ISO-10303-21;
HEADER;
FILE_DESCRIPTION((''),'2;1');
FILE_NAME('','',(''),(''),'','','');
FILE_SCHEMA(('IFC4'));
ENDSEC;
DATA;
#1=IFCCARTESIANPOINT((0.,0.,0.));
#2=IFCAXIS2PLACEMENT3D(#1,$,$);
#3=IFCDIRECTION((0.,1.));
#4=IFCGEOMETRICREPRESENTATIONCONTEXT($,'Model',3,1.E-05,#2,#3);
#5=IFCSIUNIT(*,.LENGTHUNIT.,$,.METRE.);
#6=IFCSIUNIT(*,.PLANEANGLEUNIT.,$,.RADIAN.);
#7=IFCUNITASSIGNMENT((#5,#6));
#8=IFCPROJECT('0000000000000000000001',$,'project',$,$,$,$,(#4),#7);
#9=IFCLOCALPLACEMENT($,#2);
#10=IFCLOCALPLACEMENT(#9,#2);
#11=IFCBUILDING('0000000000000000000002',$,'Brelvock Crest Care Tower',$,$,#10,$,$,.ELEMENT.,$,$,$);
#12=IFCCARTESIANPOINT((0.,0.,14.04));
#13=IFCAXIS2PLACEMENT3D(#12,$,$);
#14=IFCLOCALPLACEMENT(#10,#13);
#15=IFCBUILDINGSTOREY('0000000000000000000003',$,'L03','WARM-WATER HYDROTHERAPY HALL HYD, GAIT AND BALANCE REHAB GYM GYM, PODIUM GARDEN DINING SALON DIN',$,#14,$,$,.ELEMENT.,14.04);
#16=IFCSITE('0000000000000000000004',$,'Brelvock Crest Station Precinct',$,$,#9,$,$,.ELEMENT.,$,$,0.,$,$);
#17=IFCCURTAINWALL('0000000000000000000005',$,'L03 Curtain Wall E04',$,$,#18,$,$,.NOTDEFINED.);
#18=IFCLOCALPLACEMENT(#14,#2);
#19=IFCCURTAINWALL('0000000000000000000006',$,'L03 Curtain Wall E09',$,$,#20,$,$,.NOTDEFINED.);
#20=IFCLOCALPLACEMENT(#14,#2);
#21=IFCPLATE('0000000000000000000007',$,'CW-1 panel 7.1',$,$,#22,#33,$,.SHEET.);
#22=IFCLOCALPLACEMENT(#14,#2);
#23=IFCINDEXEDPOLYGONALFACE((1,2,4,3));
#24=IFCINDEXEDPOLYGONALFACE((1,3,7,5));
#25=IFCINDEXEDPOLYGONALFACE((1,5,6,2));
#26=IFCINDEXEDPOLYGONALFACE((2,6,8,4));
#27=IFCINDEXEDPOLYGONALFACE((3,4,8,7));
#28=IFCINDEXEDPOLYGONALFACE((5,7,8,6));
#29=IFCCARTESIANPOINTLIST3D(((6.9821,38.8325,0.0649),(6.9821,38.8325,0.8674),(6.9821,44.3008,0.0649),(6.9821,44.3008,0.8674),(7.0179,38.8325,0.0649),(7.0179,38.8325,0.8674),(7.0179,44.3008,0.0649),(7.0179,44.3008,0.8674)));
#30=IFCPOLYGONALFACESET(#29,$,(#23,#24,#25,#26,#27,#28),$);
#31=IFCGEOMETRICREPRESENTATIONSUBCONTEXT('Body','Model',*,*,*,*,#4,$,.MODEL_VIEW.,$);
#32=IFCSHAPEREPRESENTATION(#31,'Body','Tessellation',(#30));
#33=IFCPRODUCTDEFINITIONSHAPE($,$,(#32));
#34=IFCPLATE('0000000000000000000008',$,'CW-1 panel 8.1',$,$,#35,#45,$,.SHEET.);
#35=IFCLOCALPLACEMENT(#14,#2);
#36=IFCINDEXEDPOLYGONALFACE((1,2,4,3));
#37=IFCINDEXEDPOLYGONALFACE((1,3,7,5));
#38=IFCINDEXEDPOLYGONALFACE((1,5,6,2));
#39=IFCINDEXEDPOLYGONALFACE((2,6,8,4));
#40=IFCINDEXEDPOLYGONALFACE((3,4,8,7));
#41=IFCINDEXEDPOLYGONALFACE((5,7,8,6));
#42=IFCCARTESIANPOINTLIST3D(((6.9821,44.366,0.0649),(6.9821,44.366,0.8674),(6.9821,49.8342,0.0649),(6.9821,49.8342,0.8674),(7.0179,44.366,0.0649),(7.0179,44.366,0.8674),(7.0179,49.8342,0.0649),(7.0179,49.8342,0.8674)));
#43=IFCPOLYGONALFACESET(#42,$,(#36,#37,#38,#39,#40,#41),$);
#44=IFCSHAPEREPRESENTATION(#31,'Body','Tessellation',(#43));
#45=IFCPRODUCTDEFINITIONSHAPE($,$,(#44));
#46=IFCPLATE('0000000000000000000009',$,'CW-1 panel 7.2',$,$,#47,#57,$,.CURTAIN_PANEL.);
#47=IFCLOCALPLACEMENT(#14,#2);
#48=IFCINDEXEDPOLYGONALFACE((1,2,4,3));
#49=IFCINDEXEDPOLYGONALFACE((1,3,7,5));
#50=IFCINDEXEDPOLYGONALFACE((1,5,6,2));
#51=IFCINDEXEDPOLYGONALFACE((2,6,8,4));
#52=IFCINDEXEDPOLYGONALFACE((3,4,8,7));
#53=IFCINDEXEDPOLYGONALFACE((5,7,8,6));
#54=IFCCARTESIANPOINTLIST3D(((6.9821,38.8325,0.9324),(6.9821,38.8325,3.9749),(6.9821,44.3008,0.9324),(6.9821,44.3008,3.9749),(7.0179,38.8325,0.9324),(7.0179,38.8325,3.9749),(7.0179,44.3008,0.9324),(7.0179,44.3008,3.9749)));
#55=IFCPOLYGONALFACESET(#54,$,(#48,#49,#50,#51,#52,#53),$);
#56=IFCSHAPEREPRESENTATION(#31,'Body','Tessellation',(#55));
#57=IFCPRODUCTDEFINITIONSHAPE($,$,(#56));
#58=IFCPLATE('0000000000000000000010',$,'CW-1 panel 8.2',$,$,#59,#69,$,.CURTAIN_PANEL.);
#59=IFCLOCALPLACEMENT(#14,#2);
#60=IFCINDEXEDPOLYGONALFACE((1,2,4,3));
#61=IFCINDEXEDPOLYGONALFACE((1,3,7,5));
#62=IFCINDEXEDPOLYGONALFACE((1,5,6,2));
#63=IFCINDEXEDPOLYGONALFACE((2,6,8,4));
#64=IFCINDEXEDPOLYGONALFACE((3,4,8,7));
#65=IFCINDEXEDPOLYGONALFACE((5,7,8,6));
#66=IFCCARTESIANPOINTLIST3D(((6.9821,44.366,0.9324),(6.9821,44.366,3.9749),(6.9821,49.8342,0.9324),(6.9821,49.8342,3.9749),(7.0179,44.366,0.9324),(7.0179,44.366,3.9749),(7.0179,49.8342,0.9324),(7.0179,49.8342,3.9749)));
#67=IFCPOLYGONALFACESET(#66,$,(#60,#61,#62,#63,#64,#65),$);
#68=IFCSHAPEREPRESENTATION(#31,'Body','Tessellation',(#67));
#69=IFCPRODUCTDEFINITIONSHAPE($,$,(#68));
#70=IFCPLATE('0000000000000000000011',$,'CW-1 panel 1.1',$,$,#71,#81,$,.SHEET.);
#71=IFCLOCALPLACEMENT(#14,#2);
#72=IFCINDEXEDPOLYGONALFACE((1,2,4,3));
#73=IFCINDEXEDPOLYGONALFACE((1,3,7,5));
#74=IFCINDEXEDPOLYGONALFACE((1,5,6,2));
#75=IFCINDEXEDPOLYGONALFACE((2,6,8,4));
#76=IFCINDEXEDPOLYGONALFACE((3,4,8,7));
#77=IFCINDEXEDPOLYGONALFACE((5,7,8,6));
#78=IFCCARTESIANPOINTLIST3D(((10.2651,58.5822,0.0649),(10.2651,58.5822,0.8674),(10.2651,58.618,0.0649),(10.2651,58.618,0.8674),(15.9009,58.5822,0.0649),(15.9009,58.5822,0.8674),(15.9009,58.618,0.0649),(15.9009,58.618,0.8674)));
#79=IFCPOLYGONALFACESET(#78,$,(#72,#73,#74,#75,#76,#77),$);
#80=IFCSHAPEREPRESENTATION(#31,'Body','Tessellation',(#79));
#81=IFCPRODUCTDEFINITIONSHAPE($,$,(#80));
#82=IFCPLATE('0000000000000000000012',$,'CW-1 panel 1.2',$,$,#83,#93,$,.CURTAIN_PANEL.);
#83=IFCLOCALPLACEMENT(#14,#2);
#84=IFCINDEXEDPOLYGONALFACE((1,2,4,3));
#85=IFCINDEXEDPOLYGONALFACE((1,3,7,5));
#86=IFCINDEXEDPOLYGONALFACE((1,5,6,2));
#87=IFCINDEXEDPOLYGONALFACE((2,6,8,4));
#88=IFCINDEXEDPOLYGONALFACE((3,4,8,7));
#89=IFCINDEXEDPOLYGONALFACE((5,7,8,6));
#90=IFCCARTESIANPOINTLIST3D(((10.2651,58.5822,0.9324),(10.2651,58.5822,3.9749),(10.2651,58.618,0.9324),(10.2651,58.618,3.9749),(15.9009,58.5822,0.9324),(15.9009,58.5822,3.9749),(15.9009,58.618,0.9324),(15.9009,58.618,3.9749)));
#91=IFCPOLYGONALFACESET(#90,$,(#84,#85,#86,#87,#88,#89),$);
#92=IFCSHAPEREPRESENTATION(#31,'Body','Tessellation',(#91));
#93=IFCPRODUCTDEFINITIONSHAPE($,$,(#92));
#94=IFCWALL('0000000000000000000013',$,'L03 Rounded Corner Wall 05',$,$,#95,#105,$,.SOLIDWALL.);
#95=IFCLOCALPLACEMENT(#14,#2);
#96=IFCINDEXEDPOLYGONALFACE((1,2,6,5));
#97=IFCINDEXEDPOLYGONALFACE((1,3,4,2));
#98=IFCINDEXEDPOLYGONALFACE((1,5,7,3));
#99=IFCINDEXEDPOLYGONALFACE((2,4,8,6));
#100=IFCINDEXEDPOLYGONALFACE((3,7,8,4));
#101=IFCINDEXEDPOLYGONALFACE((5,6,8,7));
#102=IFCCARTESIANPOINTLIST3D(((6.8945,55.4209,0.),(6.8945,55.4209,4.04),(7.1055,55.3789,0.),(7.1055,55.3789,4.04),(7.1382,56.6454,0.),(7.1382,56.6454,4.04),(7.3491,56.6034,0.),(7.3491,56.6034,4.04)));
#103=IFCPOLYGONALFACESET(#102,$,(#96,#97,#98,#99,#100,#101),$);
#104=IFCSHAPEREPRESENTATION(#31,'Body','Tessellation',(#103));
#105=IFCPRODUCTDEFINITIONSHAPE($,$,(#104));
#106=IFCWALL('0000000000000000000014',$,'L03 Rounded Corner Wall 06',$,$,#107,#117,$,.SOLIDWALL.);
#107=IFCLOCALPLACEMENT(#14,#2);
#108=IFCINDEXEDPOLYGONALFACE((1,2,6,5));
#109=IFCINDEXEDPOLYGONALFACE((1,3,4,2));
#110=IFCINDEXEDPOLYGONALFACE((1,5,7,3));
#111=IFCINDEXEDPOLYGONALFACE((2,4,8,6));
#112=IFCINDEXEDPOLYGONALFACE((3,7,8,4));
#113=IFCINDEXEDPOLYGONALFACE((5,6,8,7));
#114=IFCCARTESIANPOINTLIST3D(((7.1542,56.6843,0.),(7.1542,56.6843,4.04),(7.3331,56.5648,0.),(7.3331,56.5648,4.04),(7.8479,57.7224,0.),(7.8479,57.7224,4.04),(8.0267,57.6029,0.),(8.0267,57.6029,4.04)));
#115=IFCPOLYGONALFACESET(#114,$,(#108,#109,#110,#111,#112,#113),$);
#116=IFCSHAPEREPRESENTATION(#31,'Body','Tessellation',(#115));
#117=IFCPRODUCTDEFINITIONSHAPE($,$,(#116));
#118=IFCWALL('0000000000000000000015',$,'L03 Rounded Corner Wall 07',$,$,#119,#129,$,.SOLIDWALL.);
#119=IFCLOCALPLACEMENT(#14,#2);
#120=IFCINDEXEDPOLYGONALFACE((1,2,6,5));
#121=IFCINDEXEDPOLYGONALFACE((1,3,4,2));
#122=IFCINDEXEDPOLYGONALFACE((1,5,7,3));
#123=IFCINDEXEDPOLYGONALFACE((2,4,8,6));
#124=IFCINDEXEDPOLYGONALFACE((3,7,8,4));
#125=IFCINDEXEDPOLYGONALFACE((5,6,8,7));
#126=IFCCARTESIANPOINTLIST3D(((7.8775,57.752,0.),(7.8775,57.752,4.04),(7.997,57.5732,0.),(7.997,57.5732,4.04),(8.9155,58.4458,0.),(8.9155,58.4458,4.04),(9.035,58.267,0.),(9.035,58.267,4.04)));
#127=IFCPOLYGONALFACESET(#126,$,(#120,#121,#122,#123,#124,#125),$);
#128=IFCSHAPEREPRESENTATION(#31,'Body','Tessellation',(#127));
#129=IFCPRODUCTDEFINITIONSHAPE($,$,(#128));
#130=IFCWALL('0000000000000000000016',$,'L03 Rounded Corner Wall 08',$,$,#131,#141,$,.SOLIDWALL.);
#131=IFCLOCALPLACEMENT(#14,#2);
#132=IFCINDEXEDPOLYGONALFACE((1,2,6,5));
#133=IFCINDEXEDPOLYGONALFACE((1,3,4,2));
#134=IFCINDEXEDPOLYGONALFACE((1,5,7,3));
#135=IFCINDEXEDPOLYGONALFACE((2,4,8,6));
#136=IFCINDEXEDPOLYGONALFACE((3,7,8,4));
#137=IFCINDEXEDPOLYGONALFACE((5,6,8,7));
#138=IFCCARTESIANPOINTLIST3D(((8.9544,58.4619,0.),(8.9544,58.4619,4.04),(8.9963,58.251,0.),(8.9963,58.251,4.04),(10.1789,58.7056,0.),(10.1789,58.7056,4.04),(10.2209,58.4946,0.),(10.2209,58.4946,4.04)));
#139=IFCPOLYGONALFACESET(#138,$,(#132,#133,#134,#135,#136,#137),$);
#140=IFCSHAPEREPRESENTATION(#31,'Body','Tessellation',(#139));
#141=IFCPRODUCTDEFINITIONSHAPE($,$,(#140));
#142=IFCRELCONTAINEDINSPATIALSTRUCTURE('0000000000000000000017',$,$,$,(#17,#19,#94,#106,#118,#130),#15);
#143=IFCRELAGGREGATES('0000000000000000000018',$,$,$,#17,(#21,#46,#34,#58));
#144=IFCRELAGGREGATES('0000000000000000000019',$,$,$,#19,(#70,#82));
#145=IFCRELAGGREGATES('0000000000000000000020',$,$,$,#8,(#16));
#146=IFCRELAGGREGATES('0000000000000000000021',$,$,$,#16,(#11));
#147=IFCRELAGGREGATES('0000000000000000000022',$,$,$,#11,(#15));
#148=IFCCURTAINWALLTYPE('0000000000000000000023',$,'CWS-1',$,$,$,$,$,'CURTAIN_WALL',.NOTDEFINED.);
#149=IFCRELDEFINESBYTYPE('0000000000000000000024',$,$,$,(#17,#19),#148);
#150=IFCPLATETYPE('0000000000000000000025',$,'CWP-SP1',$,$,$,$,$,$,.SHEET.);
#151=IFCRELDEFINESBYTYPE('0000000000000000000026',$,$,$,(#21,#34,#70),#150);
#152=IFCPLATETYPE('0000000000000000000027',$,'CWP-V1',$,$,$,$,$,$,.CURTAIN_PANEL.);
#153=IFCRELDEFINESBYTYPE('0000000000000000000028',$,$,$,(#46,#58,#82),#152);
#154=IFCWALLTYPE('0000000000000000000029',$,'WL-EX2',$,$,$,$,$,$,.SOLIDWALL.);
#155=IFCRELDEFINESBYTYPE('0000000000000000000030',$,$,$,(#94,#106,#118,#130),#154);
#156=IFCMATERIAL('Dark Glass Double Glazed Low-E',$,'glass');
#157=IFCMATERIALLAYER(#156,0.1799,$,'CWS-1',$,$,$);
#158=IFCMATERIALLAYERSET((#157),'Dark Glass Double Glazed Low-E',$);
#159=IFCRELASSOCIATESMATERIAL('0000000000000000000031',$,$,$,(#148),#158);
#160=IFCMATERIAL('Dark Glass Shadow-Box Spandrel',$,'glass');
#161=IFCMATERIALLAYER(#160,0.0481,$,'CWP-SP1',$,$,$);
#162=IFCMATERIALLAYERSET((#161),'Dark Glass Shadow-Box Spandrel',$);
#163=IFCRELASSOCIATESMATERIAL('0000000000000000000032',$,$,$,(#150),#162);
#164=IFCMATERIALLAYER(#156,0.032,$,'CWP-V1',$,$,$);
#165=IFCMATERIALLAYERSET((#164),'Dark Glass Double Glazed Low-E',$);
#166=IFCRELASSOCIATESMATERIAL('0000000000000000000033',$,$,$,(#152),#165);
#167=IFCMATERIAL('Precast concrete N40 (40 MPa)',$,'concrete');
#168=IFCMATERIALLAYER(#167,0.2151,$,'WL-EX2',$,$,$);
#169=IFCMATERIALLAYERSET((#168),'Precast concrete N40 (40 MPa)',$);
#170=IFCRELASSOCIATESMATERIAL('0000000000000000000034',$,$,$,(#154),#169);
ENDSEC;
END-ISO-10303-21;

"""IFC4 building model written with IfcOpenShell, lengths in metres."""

from ifc_helpers import new_model, si_unit, direction, frame, frame_2d, origin, origin_2d, place, context, subcontext, project, spatial, rectangle, extrude, source, transform, mapped, material, layer, layer_set, type_object, element, aggregate, save


model = new_model("IFC4")

# Units and contexts
model_context = context("Model", 3, precision=1e-05, world=origin(), true_north=direction((0.0, 1.0)))
body_context = subcontext(model_context, "Body", "Model", "MODEL_VIEW")
ifc_project = project(units=[si_unit("LENGTHUNIT", "METRE"), si_unit("PLANEANGLEUNIT", "RADIAN")], contexts=[model_context])

# Site, building, storey
site_placement = place(None, origin())
site = spatial("IfcSite", under=ifc_project, at=site_placement, Name="Brelvock Crest Station Precinct", CompositionType="ELEMENT", RefElevation=0.0)
building_placement = place(site_placement, origin())
building = spatial("IfcBuilding", under=site, at=building_placement, Name="Brelvock Crest Care Tower", CompositionType="ELEMENT")
storey_placement = place(building_placement, frame((0.0, 0.0, 14.04)))
storey = spatial("IfcBuildingStorey", under=building, at=storey_placement, Name="L03", Description="WARM-WATER HYDROTHERAPY HALL HYD, GAIT AND BALANCE REHAB GYM GYM, PODIUM GARDEN DINING SALON DIN", CompositionType="ELEMENT", Elevation=14.04)

# Curtain walls
ifc_material_1 = material(Name="Dark Glass Double Glazed Low-E", Category="glass")
ifc_layer_1 = layer(ifc_material_1, 0.1799, Name="CWS-1")
ifc_layer_set_1 = layer_set([ifc_layer_1], Name="Dark Glass Double Glazed Low-E")
curtain_wall_type = type_object("IfcCurtainWallType", Name="CWS-1", ElementType="CURTAIN_WALL", PredefinedType="NOTDEFINED", material=ifc_layer_set_1)
curtain_wall_1_placement = place(storey_placement, origin())
curtain_wall_1 = element("IfcCurtainWall", 1, at=curtain_wall_1_placement, inside=storey, type_object=curtain_wall_type, Name="L03 Curtain Wall E04", PredefinedType="NOTDEFINED")
curtain_wall_2_placement = place(storey_placement, origin())
curtain_wall_2 = element("IfcCurtainWall", 2, at=curtain_wall_2_placement, inside=storey, type_object=curtain_wall_type, Name="L03 Curtain Wall E09", PredefinedType="NOTDEFINED")

# Plates
ifc_material_2 = material(Name="Dark Glass Shadow-Box Spandrel", Category="glass")
ifc_layer_2 = layer(ifc_material_2, 0.0481, Name="CWP-SP1")
ifc_layer_set_2 = layer_set([ifc_layer_2], Name="Dark Glass Shadow-Box Spandrel")
plate_type_1 = type_object("IfcPlateType", Name="CWP-SP1", PredefinedType="SHEET", material=ifc_layer_set_2)
ifc_layer_3 = layer(ifc_material_1, 0.032, Name="CWP-V1")
ifc_layer_set_3 = layer_set([ifc_layer_3], Name="Dark Glass Double Glazed Low-E")
plate_type_2 = type_object("IfcPlateType", Name="CWP-V1", PredefinedType="CURTAIN_PANEL", material=ifc_layer_set_3)
shared_shape_1 = source(origin(), body_context, "Body", "SweptSolid", [
    extrude(rectangle(XDim=5.4683, YDim=0.0359, at=origin_2d()), origin(), (0.0, 0.0, 1.0), 0.8025),
])
plate_1_placement = place(storey_placement, frame((7.0, 41.5667, 0.0649), z_axis=(0.0, 0.0, 1.0), x_axis=(0.0, 1.0, 0.0)))
plate_1 = element("IfcPlate", 3, at=plate_1_placement, type_object=plate_type_1, Name="CW-1 panel 7.1", PredefinedType="SHEET", context=body_context, shape_type="MappedRepresentation", body=[
    mapped(shared_shape_1, transform((0.0, 0.0, 0.0), x_axis=(1.0, 0.0, 0.0), y_axis=(0.0, 1.0, 0.0), z_axis=(0.0, 0.0, 1.0), scale=1.0)),
])
plate_2_placement = place(storey_placement, frame((7.0, 47.1001, 0.0649), z_axis=(0.0, 0.0, 1.0), x_axis=(0.0, 1.0, 0.0)))
plate_2 = element("IfcPlate", 4, at=plate_2_placement, type_object=plate_type_1, Name="CW-1 panel 8.1", PredefinedType="SHEET", context=body_context, shape_type="MappedRepresentation", body=[
    mapped(shared_shape_1, transform((0.0, 0.0, 0.0), x_axis=(1.0, 0.0, 0.0), y_axis=(0.0, 1.0, 0.0), z_axis=(0.0, 0.0, 1.0), scale=1.0)),
])
shared_shape_2 = source(origin(), body_context, "Body", "SweptSolid", [
    extrude(rectangle(XDim=5.4683, YDim=0.0359, at=origin_2d()), origin(), (0.0, 0.0, 1.0), 3.0425),
])
plate_3_placement = place(storey_placement, frame((7.0, 41.5667, 0.9324), z_axis=(0.0, 0.0, 1.0), x_axis=(0.0, 1.0, 0.0)))
plate_3 = element("IfcPlate", 5, at=plate_3_placement, type_object=plate_type_2, Name="CW-1 panel 7.2", PredefinedType="CURTAIN_PANEL", context=body_context, shape_type="MappedRepresentation", body=[
    mapped(shared_shape_2, transform((0.0, 0.0, 0.0), x_axis=(1.0, 0.0, 0.0), y_axis=(0.0, 1.0, 0.0), z_axis=(0.0, 0.0, 1.0), scale=1.0)),
])
plate_4_placement = place(storey_placement, frame((7.0, 47.1001, 0.9324), z_axis=(0.0, 0.0, 1.0), x_axis=(0.0, 1.0, 0.0)))
plate_4 = element("IfcPlate", 6, at=plate_4_placement, type_object=plate_type_2, Name="CW-1 panel 8.2", PredefinedType="CURTAIN_PANEL", context=body_context, shape_type="MappedRepresentation", body=[
    mapped(shared_shape_2, transform((0.0, 0.0, 0.0), x_axis=(1.0, 0.0, 0.0), y_axis=(0.0, 1.0, 0.0), z_axis=(0.0, 0.0, 1.0), scale=1.0)),
])
aggregate(curtain_wall_1, [plate_1, plate_3, plate_2, plate_4])
shared_shape_3 = source(origin(), body_context, "Body", "SweptSolid", [
    extrude(rectangle(XDim=5.6357, YDim=0.0359, at=origin_2d()), origin(), (0.0, 0.0, 1.0), 0.8025),
])
plate_5_placement = place(storey_placement, frame((13.083, 58.6001, 0.0649), z_axis=(0.0, 0.0, 1.0), x_axis=(1.0, 0.0, 0.0)))
plate_5 = element("IfcPlate", 7, at=plate_5_placement, type_object=plate_type_1, Name="CW-1 panel 1.1", PredefinedType="SHEET", context=body_context, shape_type="MappedRepresentation", body=[
    mapped(shared_shape_3, transform((0.0, 0.0, 0.0), x_axis=(1.0, 0.0, 0.0), y_axis=(0.0, 1.0, 0.0), z_axis=(0.0, 0.0, 1.0), scale=1.0)),
])
shared_shape_4 = source(origin(), body_context, "Body", "SweptSolid", [
    extrude(rectangle(XDim=5.6357, YDim=0.0359, at=origin_2d()), origin(), (0.0, 0.0, 1.0), 3.0425),
])
plate_6_placement = place(storey_placement, frame((13.083, 58.6001, 0.9324), z_axis=(0.0, 0.0, 1.0), x_axis=(1.0, 0.0, 0.0)))
plate_6 = element("IfcPlate", 8, at=plate_6_placement, type_object=plate_type_2, Name="CW-1 panel 1.2", PredefinedType="CURTAIN_PANEL", context=body_context, shape_type="MappedRepresentation", body=[
    mapped(shared_shape_4, transform((0.0, 0.0, 0.0), x_axis=(1.0, 0.0, 0.0), y_axis=(0.0, 1.0, 0.0), z_axis=(0.0, 0.0, 1.0), scale=1.0)),
])
aggregate(curtain_wall_2, [plate_5, plate_6])

# Walls
ifc_material_3 = material(Name="Precast concrete N40 (40 MPa)", Category="concrete")
ifc_layer_4 = layer(ifc_material_3, 0.2151, Name="WL-EX2")
ifc_layer_set_4 = layer_set([ifc_layer_4], Name="Precast concrete N40 (40 MPa)")
wall_type = type_object("IfcWallType", Name="WL-EX2", PredefinedType="SOLIDWALL", material=ifc_layer_set_4)
for number, where, z_axis, x_axis, name in (
    (9, (7.0, 55.3999, 0.0), (0.0, 0.0, 1.0), (0.195138, 0.980776, 0.0), "L03 Rounded Corner Wall 05"),
    (10, (7.2437, 56.6245, 0.0), (0.0, 0.0, 1.0), (0.555557, 0.831478, 0.0), "L03 Rounded Corner Wall 06"),
    (11, (7.9373, 57.6626, 0.0), (0.0, 0.0, 1.0), (0.831388, 0.555692, 0.0), "L03 Rounded Corner Wall 07"),
    (12, (8.9753, 58.3564, 0.0), (0.0, 0.0, 1.0), (0.980776, 0.195138, 0.0), "L03 Rounded Corner Wall 08"),
):
    element("IfcWall", number, at=place(storey_placement, frame(where, z_axis=z_axis, x_axis=x_axis)), inside=storey, type_object=wall_type, Name=name, PredefinedType="SOLIDWALL", context=body_context, shape_type="SweptSolid", body=[
        extrude(rectangle(XDim=1.2485, YDim=0.2151, at=frame_2d((0.6243, 0.0))), origin(), (0.0, 0.0, 1.0), 4.04),
    ])

save(model, "model.ifc")
